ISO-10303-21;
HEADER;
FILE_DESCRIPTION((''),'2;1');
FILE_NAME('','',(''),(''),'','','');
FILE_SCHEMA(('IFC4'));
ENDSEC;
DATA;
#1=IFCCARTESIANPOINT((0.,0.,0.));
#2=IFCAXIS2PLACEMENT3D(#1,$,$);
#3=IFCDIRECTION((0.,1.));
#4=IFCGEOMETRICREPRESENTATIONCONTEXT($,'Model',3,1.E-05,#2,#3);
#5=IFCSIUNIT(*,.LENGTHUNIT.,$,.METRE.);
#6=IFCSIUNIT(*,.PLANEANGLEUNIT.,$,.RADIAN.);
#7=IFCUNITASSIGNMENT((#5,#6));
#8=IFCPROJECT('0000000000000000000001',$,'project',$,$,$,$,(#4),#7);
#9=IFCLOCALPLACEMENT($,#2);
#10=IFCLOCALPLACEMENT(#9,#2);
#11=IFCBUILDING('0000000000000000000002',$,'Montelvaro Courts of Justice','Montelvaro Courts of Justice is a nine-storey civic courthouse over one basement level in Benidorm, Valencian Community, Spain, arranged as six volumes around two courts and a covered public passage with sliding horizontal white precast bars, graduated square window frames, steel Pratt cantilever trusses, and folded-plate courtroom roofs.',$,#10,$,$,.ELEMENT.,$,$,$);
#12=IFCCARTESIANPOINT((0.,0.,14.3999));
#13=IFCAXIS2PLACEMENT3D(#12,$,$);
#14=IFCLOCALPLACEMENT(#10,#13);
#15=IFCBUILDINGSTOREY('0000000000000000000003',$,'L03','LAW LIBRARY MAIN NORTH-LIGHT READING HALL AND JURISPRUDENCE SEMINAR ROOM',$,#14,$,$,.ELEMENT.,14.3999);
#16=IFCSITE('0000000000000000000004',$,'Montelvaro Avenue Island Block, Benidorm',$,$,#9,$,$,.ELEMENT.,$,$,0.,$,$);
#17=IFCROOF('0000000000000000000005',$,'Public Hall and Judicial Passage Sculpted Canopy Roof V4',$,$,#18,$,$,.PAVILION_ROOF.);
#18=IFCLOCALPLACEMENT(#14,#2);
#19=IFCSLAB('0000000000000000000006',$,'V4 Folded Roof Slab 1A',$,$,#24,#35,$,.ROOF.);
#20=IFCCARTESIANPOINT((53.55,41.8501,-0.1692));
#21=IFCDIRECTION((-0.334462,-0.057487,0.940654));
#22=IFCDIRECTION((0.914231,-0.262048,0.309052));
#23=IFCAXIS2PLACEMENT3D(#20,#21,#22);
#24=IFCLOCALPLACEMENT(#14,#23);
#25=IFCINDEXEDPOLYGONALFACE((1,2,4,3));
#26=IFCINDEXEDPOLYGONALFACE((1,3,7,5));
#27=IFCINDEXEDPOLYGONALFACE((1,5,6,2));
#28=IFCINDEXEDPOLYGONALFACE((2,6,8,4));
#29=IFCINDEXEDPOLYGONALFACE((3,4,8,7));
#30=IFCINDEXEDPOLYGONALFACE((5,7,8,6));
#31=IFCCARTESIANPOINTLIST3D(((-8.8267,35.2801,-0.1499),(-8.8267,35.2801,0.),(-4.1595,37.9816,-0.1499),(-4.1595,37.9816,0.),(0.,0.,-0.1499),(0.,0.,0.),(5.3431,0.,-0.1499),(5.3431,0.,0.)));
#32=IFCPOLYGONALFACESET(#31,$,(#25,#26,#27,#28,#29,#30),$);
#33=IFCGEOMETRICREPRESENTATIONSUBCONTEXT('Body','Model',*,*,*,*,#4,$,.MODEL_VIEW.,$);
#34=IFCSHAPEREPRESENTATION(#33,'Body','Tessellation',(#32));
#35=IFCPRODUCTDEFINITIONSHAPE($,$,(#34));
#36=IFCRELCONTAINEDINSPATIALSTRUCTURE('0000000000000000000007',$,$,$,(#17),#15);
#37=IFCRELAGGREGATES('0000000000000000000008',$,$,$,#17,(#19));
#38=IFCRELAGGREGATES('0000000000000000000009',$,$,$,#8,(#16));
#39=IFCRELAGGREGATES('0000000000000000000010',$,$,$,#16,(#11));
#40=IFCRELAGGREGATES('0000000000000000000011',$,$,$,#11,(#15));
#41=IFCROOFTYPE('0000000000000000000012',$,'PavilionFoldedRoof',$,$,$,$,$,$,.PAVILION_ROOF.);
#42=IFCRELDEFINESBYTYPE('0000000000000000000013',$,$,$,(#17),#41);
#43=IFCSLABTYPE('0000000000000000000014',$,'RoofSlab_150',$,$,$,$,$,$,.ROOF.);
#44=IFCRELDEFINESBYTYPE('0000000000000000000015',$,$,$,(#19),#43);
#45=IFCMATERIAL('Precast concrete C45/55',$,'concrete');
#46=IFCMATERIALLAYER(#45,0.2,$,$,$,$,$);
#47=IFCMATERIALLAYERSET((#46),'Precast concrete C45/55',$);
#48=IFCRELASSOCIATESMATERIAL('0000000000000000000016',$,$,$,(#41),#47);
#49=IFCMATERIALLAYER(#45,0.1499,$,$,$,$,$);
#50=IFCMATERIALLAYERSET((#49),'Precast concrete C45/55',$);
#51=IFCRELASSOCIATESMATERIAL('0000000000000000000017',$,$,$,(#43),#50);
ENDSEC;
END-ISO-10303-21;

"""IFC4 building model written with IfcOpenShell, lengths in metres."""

from ifc_helpers import new_model, si_unit, direction, frame, origin, place, context, subcontext, project, spatial, polyline, outline, extrude, material, layer, layer_set, type_object, element, aggregate, save


model = new_model("IFC4")

# Units and contexts
model_context = context("Model", 3, precision=1e-05, world=origin(), true_north=direction((0.0, 1.0)))
body_context = subcontext(model_context, "Body", "Model", "MODEL_VIEW")
ifc_project = project(units=[si_unit("LENGTHUNIT", "METRE"), si_unit("PLANEANGLEUNIT", "RADIAN")], contexts=[model_context])

# Site, building, storey
site_placement = place(None, origin())
site = spatial("IfcSite", under=ifc_project, at=site_placement, Name="Montelvaro Avenue Island Block, Benidorm", CompositionType="ELEMENT", RefElevation=0.0)
building_placement = place(site_placement, origin())
building = spatial("IfcBuilding", under=site, at=building_placement, Name="Montelvaro Courts of Justice", Description="Montelvaro Courts of Justice is a nine-storey civic courthouse over one basement level in Benidorm, Valencian Community, Spain, arranged as six volumes around two courts and a covered public passage with sliding horizontal white precast bars, graduated square window frames, steel Pratt cantilever trusses, and folded-plate courtroom roofs.", CompositionType="ELEMENT")
storey_placement = place(building_placement, frame((0.0, 0.0, 14.3999)))
storey = spatial("IfcBuildingStorey", under=building, at=storey_placement, Name="L03", Description="LAW LIBRARY MAIN NORTH-LIGHT READING HALL AND JURISPRUDENCE SEMINAR ROOM", CompositionType="ELEMENT", Elevation=14.3999)

# Roof, slab
ifc_material_1 = material(Name="Precast concrete C45/55", Category="concrete")
ifc_layer_1 = layer(ifc_material_1, 0.2)
ifc_layer_set_1 = layer_set([ifc_layer_1], Name="Precast concrete C45/55")
roof_type = type_object("IfcRoofType", Name="PavilionFoldedRoof", PredefinedType="PAVILION_ROOF", material=ifc_layer_set_1)
roof_placement = place(storey_placement, origin())
roof = element("IfcRoof", 1, at=roof_placement, inside=storey, type_object=roof_type, Name="Public Hall and Judicial Passage Sculpted Canopy Roof V4", PredefinedType="PAVILION_ROOF")
ifc_layer_2 = layer(ifc_material_1, 0.1499)
ifc_layer_set_2 = layer_set([ifc_layer_2], Name="Precast concrete C45/55")
slab_type = type_object("IfcSlabType", Name="RoofSlab_150", PredefinedType="ROOF", material=ifc_layer_set_2)
slab_placement = place(storey_placement, frame((53.55, 41.8501, -0.1692), z_axis=(-0.334462, -0.057487, 0.940654), x_axis=(0.914231, -0.262048, 0.309052)))
slab = element("IfcSlab", 2, at=slab_placement, type_object=slab_type, Name="V4 Folded Roof Slab 1A", PredefinedType="ROOF", context=body_context, shape_type="SweptSolid", body=[
    extrude(outline(polyline([(0.0, 0.0), (5.3431, 0.0), (-4.1595, 37.9816), (-8.8267, 35.2801), (0.0, 0.0)])), origin(), (0.0, 0.0, -1.0), 0.1499),
])
aggregate(roof, [slab])

save(model, "model.ifc")
